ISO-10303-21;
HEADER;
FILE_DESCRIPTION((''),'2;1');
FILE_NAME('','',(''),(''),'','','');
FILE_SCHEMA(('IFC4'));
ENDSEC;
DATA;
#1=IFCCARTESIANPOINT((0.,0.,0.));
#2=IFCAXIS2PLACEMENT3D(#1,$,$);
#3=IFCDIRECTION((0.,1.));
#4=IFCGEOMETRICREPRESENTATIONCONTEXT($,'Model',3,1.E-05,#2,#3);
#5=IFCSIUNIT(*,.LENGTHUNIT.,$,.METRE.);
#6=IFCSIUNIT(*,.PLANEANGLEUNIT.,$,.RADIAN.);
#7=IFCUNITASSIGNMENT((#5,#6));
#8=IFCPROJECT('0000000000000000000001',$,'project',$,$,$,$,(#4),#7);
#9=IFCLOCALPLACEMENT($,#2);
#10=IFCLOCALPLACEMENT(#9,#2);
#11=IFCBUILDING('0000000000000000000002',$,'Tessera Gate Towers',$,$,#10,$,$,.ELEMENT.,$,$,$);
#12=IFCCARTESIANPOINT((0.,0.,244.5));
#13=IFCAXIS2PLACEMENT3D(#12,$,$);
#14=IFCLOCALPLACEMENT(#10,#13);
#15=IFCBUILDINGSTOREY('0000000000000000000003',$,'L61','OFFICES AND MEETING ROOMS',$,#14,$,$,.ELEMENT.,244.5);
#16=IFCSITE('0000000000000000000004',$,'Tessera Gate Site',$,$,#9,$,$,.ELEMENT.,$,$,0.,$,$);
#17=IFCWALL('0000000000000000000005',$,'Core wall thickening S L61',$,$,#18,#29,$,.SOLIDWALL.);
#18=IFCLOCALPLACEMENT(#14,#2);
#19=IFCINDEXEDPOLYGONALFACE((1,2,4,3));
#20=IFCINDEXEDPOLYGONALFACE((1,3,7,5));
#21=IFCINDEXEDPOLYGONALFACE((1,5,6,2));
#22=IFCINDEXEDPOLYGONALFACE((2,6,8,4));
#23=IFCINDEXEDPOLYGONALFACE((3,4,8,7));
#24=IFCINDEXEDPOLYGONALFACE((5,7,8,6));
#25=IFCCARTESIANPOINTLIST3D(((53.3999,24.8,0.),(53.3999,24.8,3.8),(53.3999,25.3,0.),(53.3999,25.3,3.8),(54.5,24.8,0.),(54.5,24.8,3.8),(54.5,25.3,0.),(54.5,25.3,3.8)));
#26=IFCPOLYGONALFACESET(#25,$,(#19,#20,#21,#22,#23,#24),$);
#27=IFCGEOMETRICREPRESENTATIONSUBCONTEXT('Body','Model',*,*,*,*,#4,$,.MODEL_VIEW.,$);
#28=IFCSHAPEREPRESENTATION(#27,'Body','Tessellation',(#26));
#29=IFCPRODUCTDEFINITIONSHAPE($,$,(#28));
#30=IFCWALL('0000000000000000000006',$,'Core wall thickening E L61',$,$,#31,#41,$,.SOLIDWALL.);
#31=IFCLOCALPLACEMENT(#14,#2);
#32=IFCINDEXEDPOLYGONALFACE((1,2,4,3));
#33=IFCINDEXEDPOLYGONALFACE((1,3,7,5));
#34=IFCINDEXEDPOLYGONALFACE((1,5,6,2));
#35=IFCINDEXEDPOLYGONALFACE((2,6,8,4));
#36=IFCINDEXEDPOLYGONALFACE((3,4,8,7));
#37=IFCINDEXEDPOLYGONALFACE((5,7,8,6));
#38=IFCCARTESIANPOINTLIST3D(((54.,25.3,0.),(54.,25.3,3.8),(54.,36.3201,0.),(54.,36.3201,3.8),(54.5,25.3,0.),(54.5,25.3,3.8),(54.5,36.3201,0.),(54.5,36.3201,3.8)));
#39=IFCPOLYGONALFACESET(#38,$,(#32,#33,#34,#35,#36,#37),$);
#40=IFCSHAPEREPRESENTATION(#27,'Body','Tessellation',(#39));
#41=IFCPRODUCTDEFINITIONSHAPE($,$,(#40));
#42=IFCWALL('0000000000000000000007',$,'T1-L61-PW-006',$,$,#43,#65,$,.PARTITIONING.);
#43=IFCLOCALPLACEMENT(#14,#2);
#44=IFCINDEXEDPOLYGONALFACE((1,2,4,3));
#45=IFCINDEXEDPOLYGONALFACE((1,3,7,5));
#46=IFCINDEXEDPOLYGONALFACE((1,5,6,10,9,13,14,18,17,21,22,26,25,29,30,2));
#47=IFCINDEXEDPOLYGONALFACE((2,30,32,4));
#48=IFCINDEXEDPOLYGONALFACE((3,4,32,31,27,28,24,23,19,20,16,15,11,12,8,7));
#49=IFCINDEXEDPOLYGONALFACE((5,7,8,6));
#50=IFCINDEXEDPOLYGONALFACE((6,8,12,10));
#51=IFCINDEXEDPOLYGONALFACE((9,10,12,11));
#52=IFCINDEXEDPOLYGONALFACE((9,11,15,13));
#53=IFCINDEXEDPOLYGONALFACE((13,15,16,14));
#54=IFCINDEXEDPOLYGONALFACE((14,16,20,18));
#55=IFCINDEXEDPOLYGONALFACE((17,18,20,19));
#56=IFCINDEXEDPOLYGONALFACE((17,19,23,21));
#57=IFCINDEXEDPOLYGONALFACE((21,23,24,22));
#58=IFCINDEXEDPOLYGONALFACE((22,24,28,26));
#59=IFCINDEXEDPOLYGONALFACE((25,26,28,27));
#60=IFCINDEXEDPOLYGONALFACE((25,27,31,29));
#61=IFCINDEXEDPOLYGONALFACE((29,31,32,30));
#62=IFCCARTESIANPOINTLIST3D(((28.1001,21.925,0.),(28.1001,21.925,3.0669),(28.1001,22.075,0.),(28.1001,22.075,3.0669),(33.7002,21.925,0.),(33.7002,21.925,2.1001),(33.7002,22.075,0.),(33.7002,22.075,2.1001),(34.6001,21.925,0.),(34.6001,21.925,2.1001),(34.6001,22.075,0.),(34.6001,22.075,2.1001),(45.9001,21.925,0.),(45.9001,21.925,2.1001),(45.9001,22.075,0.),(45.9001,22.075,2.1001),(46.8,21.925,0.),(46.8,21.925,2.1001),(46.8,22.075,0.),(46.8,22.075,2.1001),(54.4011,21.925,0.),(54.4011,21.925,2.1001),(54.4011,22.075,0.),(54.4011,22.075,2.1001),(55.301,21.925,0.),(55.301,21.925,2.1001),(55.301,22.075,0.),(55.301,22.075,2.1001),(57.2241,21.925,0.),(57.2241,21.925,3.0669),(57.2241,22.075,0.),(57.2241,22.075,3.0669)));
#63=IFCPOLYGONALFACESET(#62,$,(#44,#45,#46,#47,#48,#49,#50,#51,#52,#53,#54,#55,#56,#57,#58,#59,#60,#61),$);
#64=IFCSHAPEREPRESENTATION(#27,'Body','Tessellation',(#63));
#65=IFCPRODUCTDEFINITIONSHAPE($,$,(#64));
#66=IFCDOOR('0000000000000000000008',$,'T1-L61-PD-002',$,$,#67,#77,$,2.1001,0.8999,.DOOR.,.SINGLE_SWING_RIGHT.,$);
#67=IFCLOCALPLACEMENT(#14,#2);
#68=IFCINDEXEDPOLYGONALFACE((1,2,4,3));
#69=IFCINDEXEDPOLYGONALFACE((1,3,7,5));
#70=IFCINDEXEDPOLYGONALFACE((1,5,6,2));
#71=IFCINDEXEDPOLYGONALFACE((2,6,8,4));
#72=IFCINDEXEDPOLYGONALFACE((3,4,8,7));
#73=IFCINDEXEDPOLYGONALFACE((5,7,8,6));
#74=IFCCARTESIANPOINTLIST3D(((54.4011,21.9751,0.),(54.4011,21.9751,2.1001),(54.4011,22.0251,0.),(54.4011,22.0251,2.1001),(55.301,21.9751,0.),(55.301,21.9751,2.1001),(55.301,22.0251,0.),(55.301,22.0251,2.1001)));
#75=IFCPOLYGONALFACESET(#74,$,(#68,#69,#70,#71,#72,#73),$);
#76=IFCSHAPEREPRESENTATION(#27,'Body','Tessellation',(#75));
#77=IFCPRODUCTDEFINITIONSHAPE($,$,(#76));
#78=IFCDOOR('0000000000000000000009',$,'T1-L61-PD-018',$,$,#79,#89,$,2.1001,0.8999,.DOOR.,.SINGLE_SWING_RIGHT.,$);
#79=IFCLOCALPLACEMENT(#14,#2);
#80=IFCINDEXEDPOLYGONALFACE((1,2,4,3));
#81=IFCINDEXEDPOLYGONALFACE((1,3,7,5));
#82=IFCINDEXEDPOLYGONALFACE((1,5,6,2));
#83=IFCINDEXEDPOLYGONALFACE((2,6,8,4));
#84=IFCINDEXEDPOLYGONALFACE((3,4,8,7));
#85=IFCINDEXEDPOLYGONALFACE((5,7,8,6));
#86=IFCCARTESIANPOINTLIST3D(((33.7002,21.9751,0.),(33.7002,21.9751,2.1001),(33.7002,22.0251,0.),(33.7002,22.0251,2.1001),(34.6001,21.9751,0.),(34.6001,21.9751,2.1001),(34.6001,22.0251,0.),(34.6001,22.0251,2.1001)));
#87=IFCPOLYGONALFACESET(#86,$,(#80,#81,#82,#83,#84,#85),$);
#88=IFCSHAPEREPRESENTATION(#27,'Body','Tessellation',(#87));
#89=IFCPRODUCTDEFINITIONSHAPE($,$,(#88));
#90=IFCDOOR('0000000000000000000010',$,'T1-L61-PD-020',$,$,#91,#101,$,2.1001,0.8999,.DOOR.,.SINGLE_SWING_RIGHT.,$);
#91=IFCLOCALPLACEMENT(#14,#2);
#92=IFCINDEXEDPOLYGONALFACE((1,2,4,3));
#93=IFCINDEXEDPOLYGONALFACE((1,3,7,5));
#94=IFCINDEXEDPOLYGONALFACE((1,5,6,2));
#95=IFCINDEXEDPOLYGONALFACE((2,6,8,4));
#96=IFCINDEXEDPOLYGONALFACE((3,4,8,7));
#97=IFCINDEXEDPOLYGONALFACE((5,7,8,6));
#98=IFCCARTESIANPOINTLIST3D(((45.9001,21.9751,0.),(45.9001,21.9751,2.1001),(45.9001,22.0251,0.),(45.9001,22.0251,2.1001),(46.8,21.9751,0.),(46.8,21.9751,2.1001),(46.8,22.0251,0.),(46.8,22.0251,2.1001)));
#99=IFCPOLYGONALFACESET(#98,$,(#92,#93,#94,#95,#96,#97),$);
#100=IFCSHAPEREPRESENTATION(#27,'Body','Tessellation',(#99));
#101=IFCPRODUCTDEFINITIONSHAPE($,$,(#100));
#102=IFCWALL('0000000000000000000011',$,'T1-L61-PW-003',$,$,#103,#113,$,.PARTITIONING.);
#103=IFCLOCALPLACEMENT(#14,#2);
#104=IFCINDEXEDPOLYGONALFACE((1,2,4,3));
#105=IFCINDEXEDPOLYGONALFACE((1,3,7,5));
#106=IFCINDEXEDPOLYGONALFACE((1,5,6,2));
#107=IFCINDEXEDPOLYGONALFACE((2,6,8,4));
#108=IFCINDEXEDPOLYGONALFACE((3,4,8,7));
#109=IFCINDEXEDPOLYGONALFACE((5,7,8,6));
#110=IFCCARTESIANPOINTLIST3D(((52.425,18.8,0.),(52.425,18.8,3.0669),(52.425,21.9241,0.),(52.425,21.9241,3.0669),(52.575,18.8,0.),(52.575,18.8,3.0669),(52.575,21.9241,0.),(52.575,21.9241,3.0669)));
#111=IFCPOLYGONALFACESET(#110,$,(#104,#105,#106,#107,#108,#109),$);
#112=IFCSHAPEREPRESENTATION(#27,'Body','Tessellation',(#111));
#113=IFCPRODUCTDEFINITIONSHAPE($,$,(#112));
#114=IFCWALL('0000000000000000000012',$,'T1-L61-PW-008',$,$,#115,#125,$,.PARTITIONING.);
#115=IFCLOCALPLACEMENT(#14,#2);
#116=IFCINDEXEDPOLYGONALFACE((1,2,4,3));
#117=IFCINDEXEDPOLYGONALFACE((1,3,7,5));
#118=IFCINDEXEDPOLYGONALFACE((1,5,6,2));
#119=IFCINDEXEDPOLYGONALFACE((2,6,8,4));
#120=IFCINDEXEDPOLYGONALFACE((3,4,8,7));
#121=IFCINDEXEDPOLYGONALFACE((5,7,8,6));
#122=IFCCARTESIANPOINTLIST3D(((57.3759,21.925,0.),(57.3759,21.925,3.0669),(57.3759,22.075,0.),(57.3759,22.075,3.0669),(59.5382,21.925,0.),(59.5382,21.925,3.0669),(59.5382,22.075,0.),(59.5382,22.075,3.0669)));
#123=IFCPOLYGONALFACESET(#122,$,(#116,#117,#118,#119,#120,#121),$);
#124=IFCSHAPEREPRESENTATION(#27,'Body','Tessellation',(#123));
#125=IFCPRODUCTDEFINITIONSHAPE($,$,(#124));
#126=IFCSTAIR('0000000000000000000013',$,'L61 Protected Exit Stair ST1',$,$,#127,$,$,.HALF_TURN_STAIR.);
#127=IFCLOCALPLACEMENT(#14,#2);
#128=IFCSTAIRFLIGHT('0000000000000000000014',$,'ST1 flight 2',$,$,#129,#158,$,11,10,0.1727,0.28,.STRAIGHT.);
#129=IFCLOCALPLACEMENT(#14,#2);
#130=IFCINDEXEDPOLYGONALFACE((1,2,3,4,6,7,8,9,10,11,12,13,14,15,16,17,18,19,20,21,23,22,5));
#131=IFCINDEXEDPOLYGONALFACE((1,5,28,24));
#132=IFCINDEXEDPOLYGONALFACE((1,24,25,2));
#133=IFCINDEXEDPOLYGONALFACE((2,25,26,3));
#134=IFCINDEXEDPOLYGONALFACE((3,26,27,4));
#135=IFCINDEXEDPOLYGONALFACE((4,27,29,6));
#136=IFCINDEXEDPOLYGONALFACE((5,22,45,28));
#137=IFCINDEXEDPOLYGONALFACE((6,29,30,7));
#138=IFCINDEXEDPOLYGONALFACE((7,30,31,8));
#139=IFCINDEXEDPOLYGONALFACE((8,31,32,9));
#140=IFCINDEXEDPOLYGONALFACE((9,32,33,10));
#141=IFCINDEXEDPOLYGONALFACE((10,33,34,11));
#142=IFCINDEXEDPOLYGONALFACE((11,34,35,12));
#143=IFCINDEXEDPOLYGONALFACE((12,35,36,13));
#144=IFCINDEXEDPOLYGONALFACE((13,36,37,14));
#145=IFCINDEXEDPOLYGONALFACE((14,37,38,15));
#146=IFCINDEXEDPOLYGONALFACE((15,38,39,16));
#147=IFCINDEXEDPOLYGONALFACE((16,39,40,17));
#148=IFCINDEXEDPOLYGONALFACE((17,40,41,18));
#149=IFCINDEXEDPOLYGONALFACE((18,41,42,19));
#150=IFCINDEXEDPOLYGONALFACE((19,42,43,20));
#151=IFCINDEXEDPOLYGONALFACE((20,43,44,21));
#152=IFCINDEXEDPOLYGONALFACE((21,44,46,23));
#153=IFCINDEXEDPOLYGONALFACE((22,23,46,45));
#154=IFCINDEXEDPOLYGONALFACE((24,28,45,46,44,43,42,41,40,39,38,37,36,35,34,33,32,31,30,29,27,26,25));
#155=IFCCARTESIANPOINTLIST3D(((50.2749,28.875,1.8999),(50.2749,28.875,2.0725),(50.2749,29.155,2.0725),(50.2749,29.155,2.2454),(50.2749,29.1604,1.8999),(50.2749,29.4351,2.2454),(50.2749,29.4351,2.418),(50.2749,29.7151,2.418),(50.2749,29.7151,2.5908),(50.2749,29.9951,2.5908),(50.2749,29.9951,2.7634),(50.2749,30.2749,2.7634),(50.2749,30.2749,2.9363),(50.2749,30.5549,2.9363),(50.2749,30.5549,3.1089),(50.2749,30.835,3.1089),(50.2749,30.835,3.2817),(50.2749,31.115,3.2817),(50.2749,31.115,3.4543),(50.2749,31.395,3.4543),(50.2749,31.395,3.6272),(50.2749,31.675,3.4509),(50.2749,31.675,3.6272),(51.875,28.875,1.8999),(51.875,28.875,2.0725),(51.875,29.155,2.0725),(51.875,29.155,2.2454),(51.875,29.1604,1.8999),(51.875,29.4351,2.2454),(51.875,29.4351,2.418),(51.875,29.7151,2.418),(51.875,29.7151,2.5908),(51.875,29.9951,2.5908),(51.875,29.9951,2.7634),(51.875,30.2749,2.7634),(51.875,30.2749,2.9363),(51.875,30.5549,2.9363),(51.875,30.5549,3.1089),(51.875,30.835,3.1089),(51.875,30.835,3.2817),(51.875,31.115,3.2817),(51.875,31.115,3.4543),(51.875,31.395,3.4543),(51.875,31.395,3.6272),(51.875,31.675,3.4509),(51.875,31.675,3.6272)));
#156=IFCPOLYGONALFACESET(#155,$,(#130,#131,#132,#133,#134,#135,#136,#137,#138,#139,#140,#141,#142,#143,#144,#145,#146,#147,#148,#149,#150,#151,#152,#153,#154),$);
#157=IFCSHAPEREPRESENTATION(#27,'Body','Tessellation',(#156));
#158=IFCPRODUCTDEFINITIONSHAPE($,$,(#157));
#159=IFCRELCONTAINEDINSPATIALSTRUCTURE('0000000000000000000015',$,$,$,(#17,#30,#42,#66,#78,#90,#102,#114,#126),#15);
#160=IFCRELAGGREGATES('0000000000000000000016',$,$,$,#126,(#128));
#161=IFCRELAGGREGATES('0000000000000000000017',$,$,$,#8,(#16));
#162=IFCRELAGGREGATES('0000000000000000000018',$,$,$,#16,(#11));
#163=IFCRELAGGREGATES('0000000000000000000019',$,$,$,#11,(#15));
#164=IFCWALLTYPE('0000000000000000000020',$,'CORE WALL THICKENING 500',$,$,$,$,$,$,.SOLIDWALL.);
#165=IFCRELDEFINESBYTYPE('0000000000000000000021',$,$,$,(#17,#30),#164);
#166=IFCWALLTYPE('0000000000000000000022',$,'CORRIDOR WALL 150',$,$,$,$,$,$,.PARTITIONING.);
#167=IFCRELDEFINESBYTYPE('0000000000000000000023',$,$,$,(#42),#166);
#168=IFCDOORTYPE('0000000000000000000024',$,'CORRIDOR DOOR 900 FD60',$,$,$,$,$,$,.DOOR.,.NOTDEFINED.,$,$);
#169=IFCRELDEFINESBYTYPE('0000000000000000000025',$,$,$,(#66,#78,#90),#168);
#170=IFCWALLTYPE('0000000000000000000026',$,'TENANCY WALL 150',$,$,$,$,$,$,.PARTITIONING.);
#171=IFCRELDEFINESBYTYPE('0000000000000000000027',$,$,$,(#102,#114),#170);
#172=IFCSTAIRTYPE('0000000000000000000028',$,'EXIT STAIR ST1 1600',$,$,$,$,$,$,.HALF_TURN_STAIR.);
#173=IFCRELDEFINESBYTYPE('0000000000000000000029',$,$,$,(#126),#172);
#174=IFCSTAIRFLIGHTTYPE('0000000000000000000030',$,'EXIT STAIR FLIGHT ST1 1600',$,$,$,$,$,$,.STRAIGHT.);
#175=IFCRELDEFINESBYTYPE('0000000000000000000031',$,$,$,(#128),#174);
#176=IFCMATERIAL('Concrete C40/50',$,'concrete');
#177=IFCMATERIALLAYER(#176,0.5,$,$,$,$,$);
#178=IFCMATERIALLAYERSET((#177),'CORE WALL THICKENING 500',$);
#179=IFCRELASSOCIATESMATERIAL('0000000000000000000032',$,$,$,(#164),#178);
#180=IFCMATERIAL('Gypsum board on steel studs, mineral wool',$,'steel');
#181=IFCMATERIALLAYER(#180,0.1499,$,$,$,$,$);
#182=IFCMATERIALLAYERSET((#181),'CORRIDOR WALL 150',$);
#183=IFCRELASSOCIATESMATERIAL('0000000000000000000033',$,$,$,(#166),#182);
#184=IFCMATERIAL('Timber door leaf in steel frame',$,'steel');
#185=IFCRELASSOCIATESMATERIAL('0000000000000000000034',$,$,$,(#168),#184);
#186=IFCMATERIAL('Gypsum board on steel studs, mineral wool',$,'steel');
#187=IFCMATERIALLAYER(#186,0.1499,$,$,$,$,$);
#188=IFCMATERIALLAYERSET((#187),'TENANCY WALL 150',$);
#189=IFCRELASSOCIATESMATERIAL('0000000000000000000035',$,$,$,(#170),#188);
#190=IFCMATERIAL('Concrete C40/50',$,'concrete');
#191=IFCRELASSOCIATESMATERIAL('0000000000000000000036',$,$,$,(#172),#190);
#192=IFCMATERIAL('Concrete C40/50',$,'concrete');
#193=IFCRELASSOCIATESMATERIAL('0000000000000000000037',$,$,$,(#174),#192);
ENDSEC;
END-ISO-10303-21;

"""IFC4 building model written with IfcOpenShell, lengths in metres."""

from ifc_helpers import new_model, si_unit, direction, frame, frame_2d, origin, place, context, subcontext, project, spatial, polyline, rectangle, outline, extrude, source, transform, mapped, material, layer, layer_set, type_object, element, fill, aggregate, save


model = new_model("IFC4")

# Units and contexts
model_context = context("Model", 3, precision=1e-05, world=origin(), true_north=direction((0.0, 1.0)))
body_context = subcontext(model_context, "Body", "Model", "MODEL_VIEW")
ifc_project = project(units=[si_unit("LENGTHUNIT", "METRE"), si_unit("PLANEANGLEUNIT", "RADIAN")], contexts=[model_context])

# Site, building, storey
site_placement = place(None, origin())
site = spatial("IfcSite", under=ifc_project, at=site_placement, Name="Tessera Gate Site", CompositionType="ELEMENT", RefElevation=0.0)
building_placement = place(site_placement, origin())
building = spatial("IfcBuilding", under=site, at=building_placement, Name="Tessera Gate Towers", CompositionType="ELEMENT")
storey_placement = place(building_placement, frame((0.0, 0.0, 244.5)))
storey = spatial("IfcBuildingStorey", under=building, at=storey_placement, Name="L61", Description="OFFICES AND MEETING ROOMS", CompositionType="ELEMENT", Elevation=244.5)

# Walls
ifc_material_1 = material(Name="Concrete C40/50", Category="concrete")
ifc_layer_1 = layer(ifc_material_1, 0.5)
ifc_layer_set_1 = layer_set([ifc_layer_1], Name="CORE WALL THICKENING 500")
wall_type_1 = type_object("IfcWallType", Name="CORE WALL THICKENING 500", PredefinedType="SOLIDWALL", material=ifc_layer_set_1)
wall_1_placement = place(storey_placement, frame((53.3999, 25.05, 0.0), z_axis=(0.0, 0.0, 1.0), x_axis=(1.0, 0.0, 0.0)))
element("IfcWall", 1, at=wall_1_placement, inside=storey, type_object=wall_type_1, Name="Core wall thickening S L61", PredefinedType="SOLIDWALL", context=body_context, shape_type="SweptSolid", body=[
    extrude(rectangle(XDim=1.1001, YDim=0.5, at=frame_2d((0.55, 0.0))), origin(), (0.0, 0.0, 1.0), 3.8),
])
wall_2_placement = place(storey_placement, frame((54.25, 25.3, 0.0), z_axis=(0.0, 0.0, 1.0), x_axis=(0.0, 1.0, 0.0)))
element("IfcWall", 2, at=wall_2_placement, inside=storey, type_object=wall_type_1, Name="Core wall thickening E L61", PredefinedType="SOLIDWALL", context=body_context, shape_type="SweptSolid", body=[
    extrude(rectangle(XDim=11.02, YDim=0.5, at=frame_2d((5.51, 0.0))), origin(), (0.0, 0.0, 1.0), 3.8),
])

# Wall, openings, doors
ifc_material_2 = material(Name="Gypsum board on steel studs, mineral wool", Category="steel")
ifc_layer_2 = layer(ifc_material_2, 0.1499)
ifc_layer_set_2 = layer_set([ifc_layer_2], Name="CORRIDOR WALL 150")
wall_type_2 = type_object("IfcWallType", Name="CORRIDOR WALL 150", PredefinedType="PARTITIONING", material=ifc_layer_set_2)
wall_3_placement = place(storey_placement, frame((57.2241, 22.0, 0.0), z_axis=(0.0, 0.0, 1.0), x_axis=(-1.0, 0.0, 0.0)))
wall_3 = element("IfcWall", 3, at=wall_3_placement, inside=storey, type_object=wall_type_2, Name="T1-L61-PW-006", PredefinedType="PARTITIONING", context=body_context, shape_type="SweptSolid", body=[
    extrude(rectangle(XDim=29.124, YDim=0.1499, at=frame_2d((14.562, 0.0))), origin(), (0.0, 0.0, 1.0), 3.0669),
])
shared_shape_1 = source(origin(), body_context, "Body", "SweptSolid", [
    extrude(rectangle(XDim=0.8999, YDim=2.1001, at=frame_2d((0.45, 1.05))), frame((0.0, 0.085, 0.0), z_axis=(0.0, -1.0, 0.0), x_axis=(1.0, 0.0, 0.0)), (0.0, 0.0, 1.0), 0.1699),
])
opening_1_placement = place(wall_3_placement, frame((1.9231, 0.0, 0.0)))
opening_1 = element("IfcOpeningElement", 4, at=opening_1_placement, cuts=wall_3, PredefinedType="OPENING", context=body_context, shape_type="MappedRepresentation", body=[
    mapped(shared_shape_1, transform((0.0, 0.0, 0.0), scale=1.0)),
])
opening_2_placement = place(wall_3_placement, frame((22.624, 0.0, 0.0)))
opening_2 = element("IfcOpeningElement", 5, at=opening_2_placement, cuts=wall_3, PredefinedType="OPENING", context=body_context, shape_type="MappedRepresentation", body=[
    mapped(shared_shape_1, transform((0.0, 0.0, 0.0), scale=1.0)),
])
opening_3_placement = place(wall_3_placement, frame((10.4241, 0.0, 0.0)))
opening_3 = element("IfcOpeningElement", 6, at=opening_3_placement, cuts=wall_3, PredefinedType="OPENING", context=body_context, shape_type="MappedRepresentation", body=[
    mapped(shared_shape_1, transform((0.0, 0.0, 0.0), scale=1.0)),
])
ifc_material_3 = material(Name="Timber door leaf in steel frame", Category="steel")
door_type_1 = type_object("IfcDoorType", Name="CORRIDOR DOOR 900 FD60", OperationType="NOTDEFINED", PredefinedType="DOOR", material=ifc_material_3)
shared_shape_2 = source(origin(), body_context, "Body", "SweptSolid", [
    extrude(rectangle(XDim=0.8999, YDim=2.1001, at=frame_2d((0.45, 1.05))), frame((0.0, 0.0249, 0.0), z_axis=(0.0, -1.0, 0.0), x_axis=(1.0, 0.0, 0.0)), (0.0, 0.0, 1.0), 0.05),
])
door_1_placement = place(opening_1_placement, origin())
door_1 = element("IfcDoor", 7, at=door_1_placement, inside=storey, type_object=door_type_1, Name="T1-L61-PD-002", OperationType="SINGLE_SWING_RIGHT", OverallHeight=2.1001, OverallWidth=0.8999, PredefinedType="DOOR", context=body_context, shape_type="MappedRepresentation", body=[
    mapped(shared_shape_2, transform((0.0, 0.0, 0.0), scale=1.0)),
])
fill(opening_1, door_1)
door_2_placement = place(opening_2_placement, origin())
door_2 = element("IfcDoor", 8, at=door_2_placement, inside=storey, type_object=door_type_1, Name="T1-L61-PD-018", OperationType="SINGLE_SWING_RIGHT", OverallHeight=2.1001, OverallWidth=0.8999, PredefinedType="DOOR", context=body_context, shape_type="MappedRepresentation", body=[
    mapped(shared_shape_2, transform((0.0, 0.0, 0.0), scale=1.0)),
])
fill(opening_2, door_2)
door_3_placement = place(opening_3_placement, origin())
door_3 = element("IfcDoor", 9, at=door_3_placement, inside=storey, type_object=door_type_1, Name="T1-L61-PD-020", OperationType="SINGLE_SWING_RIGHT", OverallHeight=2.1001, OverallWidth=0.8999, PredefinedType="DOOR", context=body_context, shape_type="MappedRepresentation", body=[
    mapped(shared_shape_2, transform((0.0, 0.0, 0.0), scale=1.0)),
])
fill(opening_3, door_3)

# Walls
ifc_material_4 = material(Name="Gypsum board on steel studs, mineral wool", Category="steel")
ifc_layer_3 = layer(ifc_material_4, 0.1499)
ifc_layer_set_3 = layer_set([ifc_layer_3], Name="TENANCY WALL 150")
wall_type_3 = type_object("IfcWallType", Name="TENANCY WALL 150", PredefinedType="PARTITIONING", material=ifc_layer_set_3)
wall_4_placement = place(storey_placement, frame((52.5, 18.8, 0.0), z_axis=(0.0, 0.0, 1.0), x_axis=(0.0, 1.0, 0.0)))
element("IfcWall", 10, at=wall_4_placement, inside=storey, type_object=wall_type_3, Name="T1-L61-PW-003", PredefinedType="PARTITIONING", context=body_context, shape_type="SweptSolid", body=[
    extrude(rectangle(XDim=3.124, YDim=0.1499, at=frame_2d((1.562, 0.0))), origin(), (0.0, 0.0, 1.0), 3.0669),
])
wall_5_placement = place(storey_placement, frame((57.376, 22.0, 0.0), z_axis=(0.0, 0.0, 1.0), x_axis=(1.0, 0.0, 0.0)))
element("IfcWall", 11, at=wall_5_placement, inside=storey, type_object=wall_type_3, Name="T1-L61-PW-008", PredefinedType="PARTITIONING", context=body_context, shape_type="SweptSolid", body=[
    extrude(rectangle(XDim=2.1624, YDim=0.1499, at=frame_2d((1.0811, 0.0))), origin(), (0.0, 0.0, 1.0), 3.0669),
])

# Stair, stair flight
ifc_material_5 = material(Name="Concrete C40/50", Category="concrete")
stair_type = type_object("IfcStairType", Name="EXIT STAIR ST1 1600", PredefinedType="HALF_TURN_STAIR", material=ifc_material_5)
stair_placement = place(storey_placement, origin())
stair = element("IfcStair", 12, at=stair_placement, inside=storey, type_object=stair_type, Name="L61 Protected Exit Stair ST1", PredefinedType="HALF_TURN_STAIR")
ifc_material_6 = material(Name="Concrete C40/50", Category="concrete")
stair_flight_type = type_object("IfcStairFlightType", Name="EXIT STAIR FLIGHT ST1 1600", PredefinedType="STRAIGHT", material=ifc_material_6)
stair_flight_placement = place(storey_placement, frame((51.075, 28.875, 1.8999), z_axis=(0.0, 0.0, 1.0), x_axis=(0.0, 1.0, 0.0)))
stair_flight = element("IfcStairFlight", 13, at=stair_flight_placement, type_object=stair_flight_type, Name="ST1 flight 2", NumberOfRisers=11, NumberOfTreads=10, PredefinedType="STRAIGHT", RiserHeight=0.1727, TreadLength=0.28, context=body_context, shape_type="SweptSolid", body=[
    extrude(outline(polyline([(0.0, 0.0), (0.0, 0.1726), (0.28, 0.1726), (0.28, 0.3455), (0.5601, 0.3455), (0.5601, 0.5181), (0.8401, 0.5181), (0.8401, 0.6909), (1.1201, 0.6909), (1.1201, 0.8635), (1.3999, 0.8635), (1.3999, 1.0364), (1.6799, 1.0364), (1.6799, 1.209), (1.96, 1.209), (1.96, 1.3818), (2.24, 1.3818), (2.24, 1.5544), (2.52, 1.5544), (2.52, 1.7273), (2.8, 1.7273), (2.8, 1.8999), (2.8, 1.551), (0.2854, 0.0), (0.0, 0.0)])), frame((0.0, 0.8, 0.0), z_axis=(0.0, -1.0, 0.0), x_axis=(1.0, 0.0, 0.0)), (0.0, 0.0, 1.0), 1.6001),
])
aggregate(stair, [stair_flight])

save(model, "model.ifc")
